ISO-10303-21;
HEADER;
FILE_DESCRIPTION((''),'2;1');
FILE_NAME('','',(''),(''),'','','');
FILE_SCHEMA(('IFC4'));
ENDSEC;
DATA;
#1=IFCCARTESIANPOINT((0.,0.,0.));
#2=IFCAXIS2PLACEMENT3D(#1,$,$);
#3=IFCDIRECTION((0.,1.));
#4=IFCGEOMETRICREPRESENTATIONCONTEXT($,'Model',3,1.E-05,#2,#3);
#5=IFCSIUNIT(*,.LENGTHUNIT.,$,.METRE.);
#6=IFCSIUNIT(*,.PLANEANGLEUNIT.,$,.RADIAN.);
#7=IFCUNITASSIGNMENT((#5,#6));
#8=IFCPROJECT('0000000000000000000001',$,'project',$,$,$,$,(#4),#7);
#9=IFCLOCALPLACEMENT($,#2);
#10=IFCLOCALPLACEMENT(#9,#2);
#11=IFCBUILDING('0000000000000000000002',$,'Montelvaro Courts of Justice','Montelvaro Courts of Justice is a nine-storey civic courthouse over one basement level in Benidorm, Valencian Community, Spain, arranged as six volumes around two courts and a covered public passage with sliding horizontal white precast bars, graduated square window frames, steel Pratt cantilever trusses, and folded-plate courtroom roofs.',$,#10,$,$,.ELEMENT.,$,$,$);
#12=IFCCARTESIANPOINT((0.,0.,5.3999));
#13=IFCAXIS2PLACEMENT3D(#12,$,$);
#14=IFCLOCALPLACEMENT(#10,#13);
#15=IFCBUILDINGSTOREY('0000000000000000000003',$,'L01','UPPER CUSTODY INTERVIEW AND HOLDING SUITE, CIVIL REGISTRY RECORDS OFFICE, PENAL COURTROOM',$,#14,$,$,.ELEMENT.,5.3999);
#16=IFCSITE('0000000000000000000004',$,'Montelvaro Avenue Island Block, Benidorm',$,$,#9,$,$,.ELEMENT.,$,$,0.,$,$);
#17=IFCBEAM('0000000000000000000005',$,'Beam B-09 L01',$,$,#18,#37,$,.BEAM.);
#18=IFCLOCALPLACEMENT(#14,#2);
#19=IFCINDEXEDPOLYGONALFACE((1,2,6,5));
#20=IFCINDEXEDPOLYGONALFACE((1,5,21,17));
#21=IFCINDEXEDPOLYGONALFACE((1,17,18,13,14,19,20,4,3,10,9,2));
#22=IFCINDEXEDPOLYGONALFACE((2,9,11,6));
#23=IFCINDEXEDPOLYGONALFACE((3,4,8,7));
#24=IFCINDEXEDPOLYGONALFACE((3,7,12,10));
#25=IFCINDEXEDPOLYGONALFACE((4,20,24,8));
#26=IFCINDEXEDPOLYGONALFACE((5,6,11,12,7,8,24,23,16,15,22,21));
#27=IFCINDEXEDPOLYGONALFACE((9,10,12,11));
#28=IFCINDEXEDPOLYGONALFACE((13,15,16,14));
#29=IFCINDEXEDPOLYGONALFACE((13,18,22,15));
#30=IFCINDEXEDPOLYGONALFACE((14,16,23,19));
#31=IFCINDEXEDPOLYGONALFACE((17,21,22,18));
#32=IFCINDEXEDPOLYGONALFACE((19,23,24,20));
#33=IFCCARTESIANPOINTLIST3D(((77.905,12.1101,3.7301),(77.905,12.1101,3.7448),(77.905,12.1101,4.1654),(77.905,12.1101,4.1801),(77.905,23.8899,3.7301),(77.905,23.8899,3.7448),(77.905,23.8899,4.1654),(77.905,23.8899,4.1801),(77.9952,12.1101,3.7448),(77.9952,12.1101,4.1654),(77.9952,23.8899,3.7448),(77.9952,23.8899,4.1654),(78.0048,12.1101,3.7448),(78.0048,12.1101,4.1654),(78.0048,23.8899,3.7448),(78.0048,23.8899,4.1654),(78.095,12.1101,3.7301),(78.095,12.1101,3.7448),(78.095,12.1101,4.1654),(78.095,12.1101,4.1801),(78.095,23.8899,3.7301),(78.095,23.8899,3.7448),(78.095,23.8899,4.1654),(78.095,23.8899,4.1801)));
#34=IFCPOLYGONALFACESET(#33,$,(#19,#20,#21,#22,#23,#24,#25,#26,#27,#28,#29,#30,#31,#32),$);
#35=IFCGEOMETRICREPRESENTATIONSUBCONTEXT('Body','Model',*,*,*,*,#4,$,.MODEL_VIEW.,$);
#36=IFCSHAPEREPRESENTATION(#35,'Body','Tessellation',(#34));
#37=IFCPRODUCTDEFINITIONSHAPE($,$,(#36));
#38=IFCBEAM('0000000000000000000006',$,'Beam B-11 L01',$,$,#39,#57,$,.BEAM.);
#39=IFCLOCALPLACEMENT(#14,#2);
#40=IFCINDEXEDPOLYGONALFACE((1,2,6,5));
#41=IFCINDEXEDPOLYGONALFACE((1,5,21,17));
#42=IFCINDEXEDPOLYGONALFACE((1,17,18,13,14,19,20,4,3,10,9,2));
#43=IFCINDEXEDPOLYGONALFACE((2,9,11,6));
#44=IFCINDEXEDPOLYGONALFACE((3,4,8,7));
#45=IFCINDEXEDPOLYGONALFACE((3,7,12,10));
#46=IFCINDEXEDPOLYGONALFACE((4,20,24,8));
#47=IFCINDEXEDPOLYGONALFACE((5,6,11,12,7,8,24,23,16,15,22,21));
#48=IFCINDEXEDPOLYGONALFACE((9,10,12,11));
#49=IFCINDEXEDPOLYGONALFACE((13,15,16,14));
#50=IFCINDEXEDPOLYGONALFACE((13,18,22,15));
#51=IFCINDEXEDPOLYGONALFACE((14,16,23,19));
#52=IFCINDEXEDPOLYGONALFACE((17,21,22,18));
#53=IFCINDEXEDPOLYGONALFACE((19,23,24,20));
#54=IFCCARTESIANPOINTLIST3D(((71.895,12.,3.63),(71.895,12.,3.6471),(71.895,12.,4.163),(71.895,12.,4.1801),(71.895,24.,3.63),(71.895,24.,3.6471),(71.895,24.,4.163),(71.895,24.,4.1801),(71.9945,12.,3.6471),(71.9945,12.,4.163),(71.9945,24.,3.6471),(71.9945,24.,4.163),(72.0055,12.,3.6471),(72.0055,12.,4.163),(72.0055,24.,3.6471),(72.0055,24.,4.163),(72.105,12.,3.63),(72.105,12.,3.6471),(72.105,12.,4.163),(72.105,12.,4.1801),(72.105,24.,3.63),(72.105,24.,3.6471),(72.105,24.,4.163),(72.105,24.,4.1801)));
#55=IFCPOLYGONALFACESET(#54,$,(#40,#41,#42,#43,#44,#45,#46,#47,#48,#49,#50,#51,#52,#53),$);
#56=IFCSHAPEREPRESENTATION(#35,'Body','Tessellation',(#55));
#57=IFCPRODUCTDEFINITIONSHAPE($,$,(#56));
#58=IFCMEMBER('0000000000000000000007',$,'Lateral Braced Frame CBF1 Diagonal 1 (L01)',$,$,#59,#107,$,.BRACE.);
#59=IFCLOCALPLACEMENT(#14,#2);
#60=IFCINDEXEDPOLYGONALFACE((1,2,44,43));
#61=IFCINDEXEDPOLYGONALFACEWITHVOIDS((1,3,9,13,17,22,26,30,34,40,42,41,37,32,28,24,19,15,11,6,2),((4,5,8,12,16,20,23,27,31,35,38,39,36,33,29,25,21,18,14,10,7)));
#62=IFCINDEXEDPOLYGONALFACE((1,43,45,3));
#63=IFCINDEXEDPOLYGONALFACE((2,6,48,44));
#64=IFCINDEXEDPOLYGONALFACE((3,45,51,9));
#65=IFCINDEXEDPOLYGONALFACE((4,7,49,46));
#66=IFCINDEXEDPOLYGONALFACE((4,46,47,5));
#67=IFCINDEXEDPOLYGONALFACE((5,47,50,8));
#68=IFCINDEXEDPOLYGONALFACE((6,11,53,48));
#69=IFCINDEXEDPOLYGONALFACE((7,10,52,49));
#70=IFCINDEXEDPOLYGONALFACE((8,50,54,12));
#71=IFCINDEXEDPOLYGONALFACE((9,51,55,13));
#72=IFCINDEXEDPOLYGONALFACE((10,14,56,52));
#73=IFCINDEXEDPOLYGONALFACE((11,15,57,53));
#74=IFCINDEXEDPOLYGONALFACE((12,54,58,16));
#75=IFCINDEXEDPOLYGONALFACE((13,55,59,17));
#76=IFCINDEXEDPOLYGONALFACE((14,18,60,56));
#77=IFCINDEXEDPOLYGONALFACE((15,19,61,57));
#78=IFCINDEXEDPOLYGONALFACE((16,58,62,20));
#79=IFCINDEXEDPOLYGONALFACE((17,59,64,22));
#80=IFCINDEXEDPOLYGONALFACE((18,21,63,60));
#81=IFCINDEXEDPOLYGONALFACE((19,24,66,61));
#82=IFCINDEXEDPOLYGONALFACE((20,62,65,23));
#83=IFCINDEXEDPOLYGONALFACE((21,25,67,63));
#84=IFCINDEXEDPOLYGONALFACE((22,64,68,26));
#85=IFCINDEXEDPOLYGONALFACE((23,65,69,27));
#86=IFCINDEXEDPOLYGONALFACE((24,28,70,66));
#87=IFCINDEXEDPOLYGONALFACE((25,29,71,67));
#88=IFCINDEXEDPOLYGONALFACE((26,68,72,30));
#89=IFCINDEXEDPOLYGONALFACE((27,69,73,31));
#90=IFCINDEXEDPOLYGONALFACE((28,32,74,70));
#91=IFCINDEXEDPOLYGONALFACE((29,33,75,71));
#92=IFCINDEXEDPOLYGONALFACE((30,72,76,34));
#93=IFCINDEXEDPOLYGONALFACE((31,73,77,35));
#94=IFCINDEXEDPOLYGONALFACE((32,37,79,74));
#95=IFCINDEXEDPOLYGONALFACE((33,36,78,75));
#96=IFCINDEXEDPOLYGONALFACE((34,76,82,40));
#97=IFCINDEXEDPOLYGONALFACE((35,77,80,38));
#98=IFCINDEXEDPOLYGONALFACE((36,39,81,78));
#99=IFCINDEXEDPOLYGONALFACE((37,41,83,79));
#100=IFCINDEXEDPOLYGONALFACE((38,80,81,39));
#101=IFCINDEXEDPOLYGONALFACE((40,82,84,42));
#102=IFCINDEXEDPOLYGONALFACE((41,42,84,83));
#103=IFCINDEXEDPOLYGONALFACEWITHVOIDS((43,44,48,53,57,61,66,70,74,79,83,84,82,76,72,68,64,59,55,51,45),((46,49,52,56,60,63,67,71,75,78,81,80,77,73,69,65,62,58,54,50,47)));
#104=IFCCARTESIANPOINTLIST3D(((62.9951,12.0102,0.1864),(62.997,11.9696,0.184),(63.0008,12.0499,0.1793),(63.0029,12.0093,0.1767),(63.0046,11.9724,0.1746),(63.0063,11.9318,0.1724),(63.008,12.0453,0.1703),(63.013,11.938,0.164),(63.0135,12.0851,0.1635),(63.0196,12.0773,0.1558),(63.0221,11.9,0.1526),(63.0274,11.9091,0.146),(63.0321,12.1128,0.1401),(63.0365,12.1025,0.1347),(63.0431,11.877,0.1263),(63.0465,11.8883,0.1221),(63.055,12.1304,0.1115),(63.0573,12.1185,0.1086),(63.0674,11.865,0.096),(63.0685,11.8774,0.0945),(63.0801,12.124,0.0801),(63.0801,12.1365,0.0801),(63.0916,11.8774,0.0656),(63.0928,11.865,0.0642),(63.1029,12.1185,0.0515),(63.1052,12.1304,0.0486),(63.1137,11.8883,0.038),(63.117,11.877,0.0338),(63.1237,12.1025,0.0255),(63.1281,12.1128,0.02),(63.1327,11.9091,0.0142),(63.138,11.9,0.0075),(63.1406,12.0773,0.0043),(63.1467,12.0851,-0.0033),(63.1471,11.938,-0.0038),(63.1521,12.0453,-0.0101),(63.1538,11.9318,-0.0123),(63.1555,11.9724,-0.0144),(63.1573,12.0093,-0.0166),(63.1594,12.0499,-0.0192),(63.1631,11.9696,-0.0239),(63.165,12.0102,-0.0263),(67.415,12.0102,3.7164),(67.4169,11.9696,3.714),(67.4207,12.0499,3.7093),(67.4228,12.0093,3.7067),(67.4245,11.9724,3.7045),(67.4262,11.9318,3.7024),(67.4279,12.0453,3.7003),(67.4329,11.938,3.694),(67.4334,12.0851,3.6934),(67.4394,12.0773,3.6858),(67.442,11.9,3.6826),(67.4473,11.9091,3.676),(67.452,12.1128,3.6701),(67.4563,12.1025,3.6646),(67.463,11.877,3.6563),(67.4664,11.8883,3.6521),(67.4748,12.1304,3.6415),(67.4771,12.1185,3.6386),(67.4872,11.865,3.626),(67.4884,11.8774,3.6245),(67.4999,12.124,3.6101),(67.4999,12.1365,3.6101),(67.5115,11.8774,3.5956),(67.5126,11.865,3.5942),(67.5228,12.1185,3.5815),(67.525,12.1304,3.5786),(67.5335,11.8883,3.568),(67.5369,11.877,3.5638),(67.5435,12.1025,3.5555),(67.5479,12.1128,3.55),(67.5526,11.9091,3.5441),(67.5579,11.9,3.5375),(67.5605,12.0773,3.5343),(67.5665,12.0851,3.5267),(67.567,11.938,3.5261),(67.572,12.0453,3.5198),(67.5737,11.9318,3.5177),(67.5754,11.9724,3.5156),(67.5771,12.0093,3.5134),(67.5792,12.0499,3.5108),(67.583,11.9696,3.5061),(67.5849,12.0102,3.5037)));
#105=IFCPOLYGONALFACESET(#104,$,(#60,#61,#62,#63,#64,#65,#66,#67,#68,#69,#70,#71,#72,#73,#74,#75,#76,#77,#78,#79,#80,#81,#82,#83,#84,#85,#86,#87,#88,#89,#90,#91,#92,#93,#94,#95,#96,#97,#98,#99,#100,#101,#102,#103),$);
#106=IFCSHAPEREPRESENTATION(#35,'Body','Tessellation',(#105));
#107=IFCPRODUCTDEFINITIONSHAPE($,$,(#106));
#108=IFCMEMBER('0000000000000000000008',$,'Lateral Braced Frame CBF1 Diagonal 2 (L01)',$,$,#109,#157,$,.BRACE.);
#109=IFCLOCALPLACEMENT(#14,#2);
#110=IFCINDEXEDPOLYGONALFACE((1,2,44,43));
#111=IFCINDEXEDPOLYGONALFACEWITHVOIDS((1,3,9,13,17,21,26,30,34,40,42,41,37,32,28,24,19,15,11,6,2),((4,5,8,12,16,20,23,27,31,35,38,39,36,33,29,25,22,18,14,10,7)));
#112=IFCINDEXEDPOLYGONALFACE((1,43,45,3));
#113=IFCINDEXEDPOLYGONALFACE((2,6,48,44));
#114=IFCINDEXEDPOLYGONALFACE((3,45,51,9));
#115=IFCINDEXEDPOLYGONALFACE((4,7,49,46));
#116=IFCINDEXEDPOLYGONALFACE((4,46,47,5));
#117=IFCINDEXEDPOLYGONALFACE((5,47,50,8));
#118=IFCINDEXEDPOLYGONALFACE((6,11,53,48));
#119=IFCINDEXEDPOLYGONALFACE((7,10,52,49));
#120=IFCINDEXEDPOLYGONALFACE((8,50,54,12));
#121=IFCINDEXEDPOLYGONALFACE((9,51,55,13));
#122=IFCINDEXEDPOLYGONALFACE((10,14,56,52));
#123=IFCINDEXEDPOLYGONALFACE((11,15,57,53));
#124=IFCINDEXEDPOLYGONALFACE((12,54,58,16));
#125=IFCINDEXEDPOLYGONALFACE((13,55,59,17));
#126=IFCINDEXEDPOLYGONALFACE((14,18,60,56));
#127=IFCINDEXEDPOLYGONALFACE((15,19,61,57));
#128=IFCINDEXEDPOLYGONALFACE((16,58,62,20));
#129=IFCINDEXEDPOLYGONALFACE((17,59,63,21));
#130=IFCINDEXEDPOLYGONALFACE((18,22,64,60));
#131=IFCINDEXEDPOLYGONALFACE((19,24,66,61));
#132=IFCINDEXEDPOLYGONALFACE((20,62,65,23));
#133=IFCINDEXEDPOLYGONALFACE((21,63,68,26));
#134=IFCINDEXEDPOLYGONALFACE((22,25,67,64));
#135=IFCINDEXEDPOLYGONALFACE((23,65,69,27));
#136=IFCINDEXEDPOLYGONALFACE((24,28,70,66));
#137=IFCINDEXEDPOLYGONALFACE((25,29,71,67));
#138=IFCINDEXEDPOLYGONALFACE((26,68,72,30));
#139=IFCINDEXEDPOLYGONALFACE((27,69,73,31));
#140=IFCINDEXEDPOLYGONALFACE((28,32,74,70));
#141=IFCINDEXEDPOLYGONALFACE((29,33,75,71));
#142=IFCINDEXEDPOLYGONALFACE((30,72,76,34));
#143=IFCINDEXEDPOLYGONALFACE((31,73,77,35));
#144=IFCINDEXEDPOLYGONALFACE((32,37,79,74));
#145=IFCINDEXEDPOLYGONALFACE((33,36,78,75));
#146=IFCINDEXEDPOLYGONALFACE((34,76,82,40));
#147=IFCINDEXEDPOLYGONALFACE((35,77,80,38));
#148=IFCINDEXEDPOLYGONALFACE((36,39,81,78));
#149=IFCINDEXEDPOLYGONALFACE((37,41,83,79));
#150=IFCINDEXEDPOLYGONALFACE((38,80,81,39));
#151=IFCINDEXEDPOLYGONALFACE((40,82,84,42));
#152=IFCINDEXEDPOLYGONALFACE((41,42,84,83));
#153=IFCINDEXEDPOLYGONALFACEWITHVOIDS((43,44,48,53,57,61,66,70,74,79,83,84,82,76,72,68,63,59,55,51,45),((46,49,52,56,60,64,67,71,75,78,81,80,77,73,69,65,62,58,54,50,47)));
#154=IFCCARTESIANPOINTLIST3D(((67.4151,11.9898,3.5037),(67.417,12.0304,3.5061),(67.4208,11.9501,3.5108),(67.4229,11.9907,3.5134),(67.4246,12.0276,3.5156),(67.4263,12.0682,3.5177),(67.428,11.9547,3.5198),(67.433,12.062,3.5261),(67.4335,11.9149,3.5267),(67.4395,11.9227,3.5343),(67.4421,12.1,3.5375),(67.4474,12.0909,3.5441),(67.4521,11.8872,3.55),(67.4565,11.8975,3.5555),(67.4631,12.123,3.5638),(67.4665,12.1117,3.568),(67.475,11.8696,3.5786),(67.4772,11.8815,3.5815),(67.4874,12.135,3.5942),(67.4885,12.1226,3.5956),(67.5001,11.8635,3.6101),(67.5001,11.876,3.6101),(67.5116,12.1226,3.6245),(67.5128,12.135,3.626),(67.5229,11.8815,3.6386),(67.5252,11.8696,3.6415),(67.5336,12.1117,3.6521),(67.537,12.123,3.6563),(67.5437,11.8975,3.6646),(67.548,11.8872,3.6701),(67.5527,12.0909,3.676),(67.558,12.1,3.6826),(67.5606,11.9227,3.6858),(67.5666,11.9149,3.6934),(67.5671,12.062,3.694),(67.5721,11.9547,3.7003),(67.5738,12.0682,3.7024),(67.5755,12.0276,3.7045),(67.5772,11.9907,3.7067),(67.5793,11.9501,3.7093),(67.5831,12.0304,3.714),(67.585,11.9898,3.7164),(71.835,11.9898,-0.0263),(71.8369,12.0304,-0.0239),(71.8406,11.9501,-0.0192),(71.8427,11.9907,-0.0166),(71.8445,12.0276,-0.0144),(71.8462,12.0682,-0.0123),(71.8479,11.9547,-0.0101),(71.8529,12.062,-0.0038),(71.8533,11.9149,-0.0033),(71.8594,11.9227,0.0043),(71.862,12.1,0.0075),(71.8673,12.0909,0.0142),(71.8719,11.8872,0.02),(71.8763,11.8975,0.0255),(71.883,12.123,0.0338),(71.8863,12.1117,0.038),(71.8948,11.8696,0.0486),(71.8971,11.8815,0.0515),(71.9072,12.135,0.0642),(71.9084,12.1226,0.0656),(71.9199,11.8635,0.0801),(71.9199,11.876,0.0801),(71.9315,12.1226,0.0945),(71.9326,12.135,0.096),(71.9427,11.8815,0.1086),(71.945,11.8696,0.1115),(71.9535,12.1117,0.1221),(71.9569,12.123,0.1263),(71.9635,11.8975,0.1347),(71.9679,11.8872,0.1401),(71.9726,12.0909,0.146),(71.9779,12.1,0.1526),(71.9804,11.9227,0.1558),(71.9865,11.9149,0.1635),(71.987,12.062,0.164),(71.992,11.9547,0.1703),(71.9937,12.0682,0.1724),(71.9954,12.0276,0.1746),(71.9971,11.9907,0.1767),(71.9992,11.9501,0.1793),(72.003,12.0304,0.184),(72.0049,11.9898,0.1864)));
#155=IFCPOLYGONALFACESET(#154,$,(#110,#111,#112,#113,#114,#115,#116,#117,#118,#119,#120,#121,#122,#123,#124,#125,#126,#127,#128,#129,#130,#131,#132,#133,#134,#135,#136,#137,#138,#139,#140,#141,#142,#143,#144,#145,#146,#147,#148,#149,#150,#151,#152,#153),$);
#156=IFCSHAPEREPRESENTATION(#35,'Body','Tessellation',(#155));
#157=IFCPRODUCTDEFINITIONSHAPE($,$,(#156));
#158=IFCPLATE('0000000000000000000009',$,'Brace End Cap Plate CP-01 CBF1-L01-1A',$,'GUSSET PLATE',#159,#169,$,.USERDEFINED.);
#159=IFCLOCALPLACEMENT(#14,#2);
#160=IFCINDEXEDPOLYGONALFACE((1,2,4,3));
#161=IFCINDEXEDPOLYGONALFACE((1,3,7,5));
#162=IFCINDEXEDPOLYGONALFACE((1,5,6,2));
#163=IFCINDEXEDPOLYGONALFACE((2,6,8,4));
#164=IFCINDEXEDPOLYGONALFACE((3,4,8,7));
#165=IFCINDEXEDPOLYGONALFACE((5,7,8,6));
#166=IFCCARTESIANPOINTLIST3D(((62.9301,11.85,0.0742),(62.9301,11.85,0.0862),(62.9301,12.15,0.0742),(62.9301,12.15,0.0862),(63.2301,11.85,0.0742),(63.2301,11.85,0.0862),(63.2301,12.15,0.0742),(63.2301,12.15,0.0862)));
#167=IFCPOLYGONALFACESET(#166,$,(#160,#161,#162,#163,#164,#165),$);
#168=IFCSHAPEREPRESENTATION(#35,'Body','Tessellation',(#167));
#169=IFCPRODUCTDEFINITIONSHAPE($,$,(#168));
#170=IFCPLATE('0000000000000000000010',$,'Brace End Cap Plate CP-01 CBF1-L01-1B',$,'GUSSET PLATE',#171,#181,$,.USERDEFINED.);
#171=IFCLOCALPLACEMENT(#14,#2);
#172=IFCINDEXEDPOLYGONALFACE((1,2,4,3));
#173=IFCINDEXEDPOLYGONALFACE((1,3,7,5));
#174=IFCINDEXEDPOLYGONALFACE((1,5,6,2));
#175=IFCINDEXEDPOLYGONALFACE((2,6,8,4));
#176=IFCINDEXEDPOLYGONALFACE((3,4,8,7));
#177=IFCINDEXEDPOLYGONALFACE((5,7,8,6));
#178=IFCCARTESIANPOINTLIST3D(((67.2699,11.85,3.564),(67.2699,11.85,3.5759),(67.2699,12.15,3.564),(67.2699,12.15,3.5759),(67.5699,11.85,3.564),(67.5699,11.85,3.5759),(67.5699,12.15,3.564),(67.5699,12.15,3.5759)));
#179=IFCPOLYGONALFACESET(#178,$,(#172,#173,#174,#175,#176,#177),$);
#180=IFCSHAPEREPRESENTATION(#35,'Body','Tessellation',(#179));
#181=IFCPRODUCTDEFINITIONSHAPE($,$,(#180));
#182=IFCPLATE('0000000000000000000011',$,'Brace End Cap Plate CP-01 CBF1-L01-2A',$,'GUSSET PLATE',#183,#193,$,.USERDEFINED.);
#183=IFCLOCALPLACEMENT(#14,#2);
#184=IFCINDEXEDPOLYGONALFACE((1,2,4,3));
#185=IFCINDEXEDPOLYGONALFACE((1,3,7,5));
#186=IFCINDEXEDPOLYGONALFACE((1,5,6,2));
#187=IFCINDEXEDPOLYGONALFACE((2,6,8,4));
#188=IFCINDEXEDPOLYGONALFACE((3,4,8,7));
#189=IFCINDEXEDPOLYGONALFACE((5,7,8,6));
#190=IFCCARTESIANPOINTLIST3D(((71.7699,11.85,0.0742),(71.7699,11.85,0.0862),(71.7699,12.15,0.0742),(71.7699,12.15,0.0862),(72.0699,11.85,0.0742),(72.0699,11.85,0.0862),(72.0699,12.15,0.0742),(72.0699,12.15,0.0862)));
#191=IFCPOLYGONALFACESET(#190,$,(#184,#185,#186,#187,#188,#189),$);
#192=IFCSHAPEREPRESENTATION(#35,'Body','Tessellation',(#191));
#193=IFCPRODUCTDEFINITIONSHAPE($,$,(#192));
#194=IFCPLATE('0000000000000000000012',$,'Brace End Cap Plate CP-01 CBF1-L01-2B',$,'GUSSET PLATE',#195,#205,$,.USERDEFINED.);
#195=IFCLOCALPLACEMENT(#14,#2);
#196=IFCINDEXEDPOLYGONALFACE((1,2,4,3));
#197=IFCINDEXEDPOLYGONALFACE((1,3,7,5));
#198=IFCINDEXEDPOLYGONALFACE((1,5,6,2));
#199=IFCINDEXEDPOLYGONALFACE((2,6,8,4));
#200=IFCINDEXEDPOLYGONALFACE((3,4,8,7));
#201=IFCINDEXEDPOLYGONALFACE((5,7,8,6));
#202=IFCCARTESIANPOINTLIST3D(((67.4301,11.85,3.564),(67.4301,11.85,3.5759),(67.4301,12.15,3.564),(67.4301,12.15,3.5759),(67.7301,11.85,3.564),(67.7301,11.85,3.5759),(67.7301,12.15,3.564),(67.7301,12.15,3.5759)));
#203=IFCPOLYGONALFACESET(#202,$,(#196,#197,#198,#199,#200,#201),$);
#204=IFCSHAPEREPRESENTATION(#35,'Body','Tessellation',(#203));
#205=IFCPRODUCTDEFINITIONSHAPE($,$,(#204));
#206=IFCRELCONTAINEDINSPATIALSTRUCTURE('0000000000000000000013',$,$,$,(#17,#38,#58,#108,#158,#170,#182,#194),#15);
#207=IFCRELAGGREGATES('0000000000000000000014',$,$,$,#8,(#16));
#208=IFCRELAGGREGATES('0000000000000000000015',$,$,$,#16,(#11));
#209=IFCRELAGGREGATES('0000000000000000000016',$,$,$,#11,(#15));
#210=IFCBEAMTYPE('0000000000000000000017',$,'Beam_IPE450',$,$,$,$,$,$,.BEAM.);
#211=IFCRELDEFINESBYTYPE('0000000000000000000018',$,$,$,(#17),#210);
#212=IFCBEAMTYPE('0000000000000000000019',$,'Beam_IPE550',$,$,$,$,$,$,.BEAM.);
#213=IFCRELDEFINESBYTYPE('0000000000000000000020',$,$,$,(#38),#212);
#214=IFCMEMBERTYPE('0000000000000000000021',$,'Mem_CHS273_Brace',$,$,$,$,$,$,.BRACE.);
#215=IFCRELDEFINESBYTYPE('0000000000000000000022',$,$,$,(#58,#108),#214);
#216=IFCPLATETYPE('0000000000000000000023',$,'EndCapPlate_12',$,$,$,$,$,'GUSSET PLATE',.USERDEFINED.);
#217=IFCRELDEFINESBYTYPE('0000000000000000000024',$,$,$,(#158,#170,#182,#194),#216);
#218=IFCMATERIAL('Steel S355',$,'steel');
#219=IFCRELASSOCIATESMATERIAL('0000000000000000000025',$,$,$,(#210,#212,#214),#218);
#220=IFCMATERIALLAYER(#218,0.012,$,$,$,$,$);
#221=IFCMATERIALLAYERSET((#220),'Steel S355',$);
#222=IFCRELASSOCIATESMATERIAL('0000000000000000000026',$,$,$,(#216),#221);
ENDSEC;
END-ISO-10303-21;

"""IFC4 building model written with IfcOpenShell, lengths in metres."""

from ifc_helpers import new_model, si_unit, direction, frame, origin, origin_2d, place, context, subcontext, project, spatial, rectangle, hollow_circle, i_section, extrude, material, layer, layer_set, material_profile, profile_set, type_object, element, save


model = new_model("IFC4")

# Units and contexts
model_context = context("Model", 3, precision=1e-05, world=origin(), true_north=direction((0.0, 1.0)))
body_context = subcontext(model_context, "Body", "Model", "MODEL_VIEW")
ifc_project = project(units=[si_unit("LENGTHUNIT", "METRE"), si_unit("PLANEANGLEUNIT", "RADIAN")], contexts=[model_context])

# Site, building, storey
site_placement = place(None, origin())
site = spatial("IfcSite", under=ifc_project, at=site_placement, Name="Montelvaro Avenue Island Block, Benidorm", CompositionType="ELEMENT", RefElevation=0.0)
building_placement = place(site_placement, origin())
building = spatial("IfcBuilding", under=site, at=building_placement, Name="Montelvaro Courts of Justice", Description="Montelvaro Courts of Justice is a nine-storey civic courthouse over one basement level in Benidorm, Valencian Community, Spain, arranged as six volumes around two courts and a covered public passage with sliding horizontal white precast bars, graduated square window frames, steel Pratt cantilever trusses, and folded-plate courtroom roofs.", CompositionType="ELEMENT")
storey_placement = place(building_placement, frame((0.0, 0.0, 5.3999)))
storey = spatial("IfcBuildingStorey", under=building, at=storey_placement, Name="L01", Description="UPPER CUSTODY INTERVIEW AND HOLDING SUITE, CIVIL REGISTRY RECORDS OFFICE, PENAL COURTROOM", CompositionType="ELEMENT", Elevation=5.3999)

# Shared definitions
ifc_material_1 = material(Name="Steel S355", Category="steel")

# Beams
ifc_material_profile_1 = material_profile(ifc_material_1, i_section(OverallWidth=0.1899, OverallDepth=0.45, WebThickness=0.0095, FlangeThickness=0.0146, at=origin_2d()), Name="IPE 450")
ifc_profile_set_1 = profile_set([ifc_material_profile_1], Name="Steel S355")
beam_type_1 = type_object("IfcBeamType", Name="Beam_IPE450", PredefinedType="BEAM", material=ifc_profile_set_1)
beam_1_placement = place(storey_placement, frame((78.0, 12.1101, 3.9551), z_axis=(0.0, 1.0, 0.0), x_axis=(-1.0, 0.0, 0.0)))
element("IfcBeam", 1, at=beam_1_placement, inside=storey, type_object=beam_type_1, Name="Beam B-09 L01", PredefinedType="BEAM", context=body_context, shape_type="SweptSolid", body=[
    extrude(i_section(OverallWidth=0.1899, OverallDepth=0.45, WebThickness=0.0095, FlangeThickness=0.0146, at=origin_2d()), origin(), (0.0, 0.0, 1.0), 11.7798),
])
ifc_material_profile_2 = material_profile(ifc_material_1, i_section(OverallWidth=0.21, OverallDepth=0.55, WebThickness=0.011, FlangeThickness=0.0171, at=origin_2d()), Name="IPE 550")
ifc_profile_set_2 = profile_set([ifc_material_profile_2], Name="Steel S355")
beam_type_2 = type_object("IfcBeamType", Name="Beam_IPE550", PredefinedType="BEAM", material=ifc_profile_set_2)
beam_2_placement = place(storey_placement, frame((72.0, 12.0, 3.905), z_axis=(0.0, 1.0, 0.0), x_axis=(-1.0, 0.0, 0.0)))
element("IfcBeam", 2, at=beam_2_placement, inside=storey, type_object=beam_type_2, Name="Beam B-11 L01", PredefinedType="BEAM", context=body_context, shape_type="SweptSolid", body=[
    extrude(i_section(OverallWidth=0.21, OverallDepth=0.55, WebThickness=0.011, FlangeThickness=0.0171, at=origin_2d()), origin(), (0.0, 0.0, 1.0), 12.0),
])

# Members
ifc_material_profile_3 = material_profile(ifc_material_1, hollow_circle(Radius=0.1365, WallThickness=0.0125, at=origin_2d()), Name="CHS 273x12.5")
ifc_profile_set_3 = profile_set([ifc_material_profile_3], Name="Steel S355")
member_type = type_object("IfcMemberType", Name="Mem_CHS273_Brace", PredefinedType="BRACE", material=ifc_profile_set_3)
for number, where, z_axis, x_axis, name in (
    (3, (63.0801, 12.0, 0.0801), (0.781378, 0.0, 0.624058), (0.0, 1.0, 0.0), "Lateral Braced Frame CBF1 Diagonal 1 (L01)"),
    (4, (71.9199, 12.0, 0.0801), (-0.781378, 0.0, 0.624058), (0.0, -1.0, 0.0), "Lateral Braced Frame CBF1 Diagonal 2 (L01)"),
):
    element("IfcMember", number, at=place(storey_placement, frame(where, z_axis=z_axis, x_axis=x_axis)), inside=storey, type_object=member_type, Name=name, PredefinedType="BRACE", context=body_context, shape_type="SweptSolid", body=[
        extrude(hollow_circle(Radius=0.1365, WallThickness=0.0125, at=origin_2d()), origin(), (0.0, 0.0, 1.0), 5.6565),
    ])

# Plates
ifc_layer_1 = layer(ifc_material_1, 0.012)
ifc_layer_set_1 = layer_set([ifc_layer_1], Name="Steel S355")
plate_type_1 = type_object("IfcPlateType", Name="EndCapPlate_12", ElementType="GUSSET PLATE", PredefinedType="USERDEFINED", material=ifc_layer_set_1)
for number, where, z_axis, x_axis, name in (
    (5, (63.0801, 12.0, 0.0742), (0.0, 0.0, 1.0), (1.0, 0.0, 0.0), "Brace End Cap Plate CP-01 CBF1-L01-1A"),
    (6, (67.4199, 12.0, 3.564), (0.0, 0.0, 1.0), (1.0, 0.0, 0.0), "Brace End Cap Plate CP-01 CBF1-L01-1B"),
    (7, (71.9199, 12.0, 0.0742), (0.0, 0.0, 1.0), (1.0, 0.0, 0.0), "Brace End Cap Plate CP-01 CBF1-L01-2A"),
    (8, (67.5801, 12.0, 3.564), (0.0, 0.0, 1.0), (1.0, 0.0, 0.0), "Brace End Cap Plate CP-01 CBF1-L01-2B"),
):
    element("IfcPlate", number, at=place(storey_placement, frame(where, z_axis=z_axis, x_axis=x_axis)), inside=storey, type_object=plate_type_1, Name=name, ObjectType="GUSSET PLATE", PredefinedType="USERDEFINED", context=body_context, shape_type="SweptSolid", body=[
        extrude(rectangle(XDim=0.3, YDim=0.3, at=origin_2d()), origin(), (0.0, 0.0, 1.0), 0.012),
    ])

save(model, "model.ifc")
